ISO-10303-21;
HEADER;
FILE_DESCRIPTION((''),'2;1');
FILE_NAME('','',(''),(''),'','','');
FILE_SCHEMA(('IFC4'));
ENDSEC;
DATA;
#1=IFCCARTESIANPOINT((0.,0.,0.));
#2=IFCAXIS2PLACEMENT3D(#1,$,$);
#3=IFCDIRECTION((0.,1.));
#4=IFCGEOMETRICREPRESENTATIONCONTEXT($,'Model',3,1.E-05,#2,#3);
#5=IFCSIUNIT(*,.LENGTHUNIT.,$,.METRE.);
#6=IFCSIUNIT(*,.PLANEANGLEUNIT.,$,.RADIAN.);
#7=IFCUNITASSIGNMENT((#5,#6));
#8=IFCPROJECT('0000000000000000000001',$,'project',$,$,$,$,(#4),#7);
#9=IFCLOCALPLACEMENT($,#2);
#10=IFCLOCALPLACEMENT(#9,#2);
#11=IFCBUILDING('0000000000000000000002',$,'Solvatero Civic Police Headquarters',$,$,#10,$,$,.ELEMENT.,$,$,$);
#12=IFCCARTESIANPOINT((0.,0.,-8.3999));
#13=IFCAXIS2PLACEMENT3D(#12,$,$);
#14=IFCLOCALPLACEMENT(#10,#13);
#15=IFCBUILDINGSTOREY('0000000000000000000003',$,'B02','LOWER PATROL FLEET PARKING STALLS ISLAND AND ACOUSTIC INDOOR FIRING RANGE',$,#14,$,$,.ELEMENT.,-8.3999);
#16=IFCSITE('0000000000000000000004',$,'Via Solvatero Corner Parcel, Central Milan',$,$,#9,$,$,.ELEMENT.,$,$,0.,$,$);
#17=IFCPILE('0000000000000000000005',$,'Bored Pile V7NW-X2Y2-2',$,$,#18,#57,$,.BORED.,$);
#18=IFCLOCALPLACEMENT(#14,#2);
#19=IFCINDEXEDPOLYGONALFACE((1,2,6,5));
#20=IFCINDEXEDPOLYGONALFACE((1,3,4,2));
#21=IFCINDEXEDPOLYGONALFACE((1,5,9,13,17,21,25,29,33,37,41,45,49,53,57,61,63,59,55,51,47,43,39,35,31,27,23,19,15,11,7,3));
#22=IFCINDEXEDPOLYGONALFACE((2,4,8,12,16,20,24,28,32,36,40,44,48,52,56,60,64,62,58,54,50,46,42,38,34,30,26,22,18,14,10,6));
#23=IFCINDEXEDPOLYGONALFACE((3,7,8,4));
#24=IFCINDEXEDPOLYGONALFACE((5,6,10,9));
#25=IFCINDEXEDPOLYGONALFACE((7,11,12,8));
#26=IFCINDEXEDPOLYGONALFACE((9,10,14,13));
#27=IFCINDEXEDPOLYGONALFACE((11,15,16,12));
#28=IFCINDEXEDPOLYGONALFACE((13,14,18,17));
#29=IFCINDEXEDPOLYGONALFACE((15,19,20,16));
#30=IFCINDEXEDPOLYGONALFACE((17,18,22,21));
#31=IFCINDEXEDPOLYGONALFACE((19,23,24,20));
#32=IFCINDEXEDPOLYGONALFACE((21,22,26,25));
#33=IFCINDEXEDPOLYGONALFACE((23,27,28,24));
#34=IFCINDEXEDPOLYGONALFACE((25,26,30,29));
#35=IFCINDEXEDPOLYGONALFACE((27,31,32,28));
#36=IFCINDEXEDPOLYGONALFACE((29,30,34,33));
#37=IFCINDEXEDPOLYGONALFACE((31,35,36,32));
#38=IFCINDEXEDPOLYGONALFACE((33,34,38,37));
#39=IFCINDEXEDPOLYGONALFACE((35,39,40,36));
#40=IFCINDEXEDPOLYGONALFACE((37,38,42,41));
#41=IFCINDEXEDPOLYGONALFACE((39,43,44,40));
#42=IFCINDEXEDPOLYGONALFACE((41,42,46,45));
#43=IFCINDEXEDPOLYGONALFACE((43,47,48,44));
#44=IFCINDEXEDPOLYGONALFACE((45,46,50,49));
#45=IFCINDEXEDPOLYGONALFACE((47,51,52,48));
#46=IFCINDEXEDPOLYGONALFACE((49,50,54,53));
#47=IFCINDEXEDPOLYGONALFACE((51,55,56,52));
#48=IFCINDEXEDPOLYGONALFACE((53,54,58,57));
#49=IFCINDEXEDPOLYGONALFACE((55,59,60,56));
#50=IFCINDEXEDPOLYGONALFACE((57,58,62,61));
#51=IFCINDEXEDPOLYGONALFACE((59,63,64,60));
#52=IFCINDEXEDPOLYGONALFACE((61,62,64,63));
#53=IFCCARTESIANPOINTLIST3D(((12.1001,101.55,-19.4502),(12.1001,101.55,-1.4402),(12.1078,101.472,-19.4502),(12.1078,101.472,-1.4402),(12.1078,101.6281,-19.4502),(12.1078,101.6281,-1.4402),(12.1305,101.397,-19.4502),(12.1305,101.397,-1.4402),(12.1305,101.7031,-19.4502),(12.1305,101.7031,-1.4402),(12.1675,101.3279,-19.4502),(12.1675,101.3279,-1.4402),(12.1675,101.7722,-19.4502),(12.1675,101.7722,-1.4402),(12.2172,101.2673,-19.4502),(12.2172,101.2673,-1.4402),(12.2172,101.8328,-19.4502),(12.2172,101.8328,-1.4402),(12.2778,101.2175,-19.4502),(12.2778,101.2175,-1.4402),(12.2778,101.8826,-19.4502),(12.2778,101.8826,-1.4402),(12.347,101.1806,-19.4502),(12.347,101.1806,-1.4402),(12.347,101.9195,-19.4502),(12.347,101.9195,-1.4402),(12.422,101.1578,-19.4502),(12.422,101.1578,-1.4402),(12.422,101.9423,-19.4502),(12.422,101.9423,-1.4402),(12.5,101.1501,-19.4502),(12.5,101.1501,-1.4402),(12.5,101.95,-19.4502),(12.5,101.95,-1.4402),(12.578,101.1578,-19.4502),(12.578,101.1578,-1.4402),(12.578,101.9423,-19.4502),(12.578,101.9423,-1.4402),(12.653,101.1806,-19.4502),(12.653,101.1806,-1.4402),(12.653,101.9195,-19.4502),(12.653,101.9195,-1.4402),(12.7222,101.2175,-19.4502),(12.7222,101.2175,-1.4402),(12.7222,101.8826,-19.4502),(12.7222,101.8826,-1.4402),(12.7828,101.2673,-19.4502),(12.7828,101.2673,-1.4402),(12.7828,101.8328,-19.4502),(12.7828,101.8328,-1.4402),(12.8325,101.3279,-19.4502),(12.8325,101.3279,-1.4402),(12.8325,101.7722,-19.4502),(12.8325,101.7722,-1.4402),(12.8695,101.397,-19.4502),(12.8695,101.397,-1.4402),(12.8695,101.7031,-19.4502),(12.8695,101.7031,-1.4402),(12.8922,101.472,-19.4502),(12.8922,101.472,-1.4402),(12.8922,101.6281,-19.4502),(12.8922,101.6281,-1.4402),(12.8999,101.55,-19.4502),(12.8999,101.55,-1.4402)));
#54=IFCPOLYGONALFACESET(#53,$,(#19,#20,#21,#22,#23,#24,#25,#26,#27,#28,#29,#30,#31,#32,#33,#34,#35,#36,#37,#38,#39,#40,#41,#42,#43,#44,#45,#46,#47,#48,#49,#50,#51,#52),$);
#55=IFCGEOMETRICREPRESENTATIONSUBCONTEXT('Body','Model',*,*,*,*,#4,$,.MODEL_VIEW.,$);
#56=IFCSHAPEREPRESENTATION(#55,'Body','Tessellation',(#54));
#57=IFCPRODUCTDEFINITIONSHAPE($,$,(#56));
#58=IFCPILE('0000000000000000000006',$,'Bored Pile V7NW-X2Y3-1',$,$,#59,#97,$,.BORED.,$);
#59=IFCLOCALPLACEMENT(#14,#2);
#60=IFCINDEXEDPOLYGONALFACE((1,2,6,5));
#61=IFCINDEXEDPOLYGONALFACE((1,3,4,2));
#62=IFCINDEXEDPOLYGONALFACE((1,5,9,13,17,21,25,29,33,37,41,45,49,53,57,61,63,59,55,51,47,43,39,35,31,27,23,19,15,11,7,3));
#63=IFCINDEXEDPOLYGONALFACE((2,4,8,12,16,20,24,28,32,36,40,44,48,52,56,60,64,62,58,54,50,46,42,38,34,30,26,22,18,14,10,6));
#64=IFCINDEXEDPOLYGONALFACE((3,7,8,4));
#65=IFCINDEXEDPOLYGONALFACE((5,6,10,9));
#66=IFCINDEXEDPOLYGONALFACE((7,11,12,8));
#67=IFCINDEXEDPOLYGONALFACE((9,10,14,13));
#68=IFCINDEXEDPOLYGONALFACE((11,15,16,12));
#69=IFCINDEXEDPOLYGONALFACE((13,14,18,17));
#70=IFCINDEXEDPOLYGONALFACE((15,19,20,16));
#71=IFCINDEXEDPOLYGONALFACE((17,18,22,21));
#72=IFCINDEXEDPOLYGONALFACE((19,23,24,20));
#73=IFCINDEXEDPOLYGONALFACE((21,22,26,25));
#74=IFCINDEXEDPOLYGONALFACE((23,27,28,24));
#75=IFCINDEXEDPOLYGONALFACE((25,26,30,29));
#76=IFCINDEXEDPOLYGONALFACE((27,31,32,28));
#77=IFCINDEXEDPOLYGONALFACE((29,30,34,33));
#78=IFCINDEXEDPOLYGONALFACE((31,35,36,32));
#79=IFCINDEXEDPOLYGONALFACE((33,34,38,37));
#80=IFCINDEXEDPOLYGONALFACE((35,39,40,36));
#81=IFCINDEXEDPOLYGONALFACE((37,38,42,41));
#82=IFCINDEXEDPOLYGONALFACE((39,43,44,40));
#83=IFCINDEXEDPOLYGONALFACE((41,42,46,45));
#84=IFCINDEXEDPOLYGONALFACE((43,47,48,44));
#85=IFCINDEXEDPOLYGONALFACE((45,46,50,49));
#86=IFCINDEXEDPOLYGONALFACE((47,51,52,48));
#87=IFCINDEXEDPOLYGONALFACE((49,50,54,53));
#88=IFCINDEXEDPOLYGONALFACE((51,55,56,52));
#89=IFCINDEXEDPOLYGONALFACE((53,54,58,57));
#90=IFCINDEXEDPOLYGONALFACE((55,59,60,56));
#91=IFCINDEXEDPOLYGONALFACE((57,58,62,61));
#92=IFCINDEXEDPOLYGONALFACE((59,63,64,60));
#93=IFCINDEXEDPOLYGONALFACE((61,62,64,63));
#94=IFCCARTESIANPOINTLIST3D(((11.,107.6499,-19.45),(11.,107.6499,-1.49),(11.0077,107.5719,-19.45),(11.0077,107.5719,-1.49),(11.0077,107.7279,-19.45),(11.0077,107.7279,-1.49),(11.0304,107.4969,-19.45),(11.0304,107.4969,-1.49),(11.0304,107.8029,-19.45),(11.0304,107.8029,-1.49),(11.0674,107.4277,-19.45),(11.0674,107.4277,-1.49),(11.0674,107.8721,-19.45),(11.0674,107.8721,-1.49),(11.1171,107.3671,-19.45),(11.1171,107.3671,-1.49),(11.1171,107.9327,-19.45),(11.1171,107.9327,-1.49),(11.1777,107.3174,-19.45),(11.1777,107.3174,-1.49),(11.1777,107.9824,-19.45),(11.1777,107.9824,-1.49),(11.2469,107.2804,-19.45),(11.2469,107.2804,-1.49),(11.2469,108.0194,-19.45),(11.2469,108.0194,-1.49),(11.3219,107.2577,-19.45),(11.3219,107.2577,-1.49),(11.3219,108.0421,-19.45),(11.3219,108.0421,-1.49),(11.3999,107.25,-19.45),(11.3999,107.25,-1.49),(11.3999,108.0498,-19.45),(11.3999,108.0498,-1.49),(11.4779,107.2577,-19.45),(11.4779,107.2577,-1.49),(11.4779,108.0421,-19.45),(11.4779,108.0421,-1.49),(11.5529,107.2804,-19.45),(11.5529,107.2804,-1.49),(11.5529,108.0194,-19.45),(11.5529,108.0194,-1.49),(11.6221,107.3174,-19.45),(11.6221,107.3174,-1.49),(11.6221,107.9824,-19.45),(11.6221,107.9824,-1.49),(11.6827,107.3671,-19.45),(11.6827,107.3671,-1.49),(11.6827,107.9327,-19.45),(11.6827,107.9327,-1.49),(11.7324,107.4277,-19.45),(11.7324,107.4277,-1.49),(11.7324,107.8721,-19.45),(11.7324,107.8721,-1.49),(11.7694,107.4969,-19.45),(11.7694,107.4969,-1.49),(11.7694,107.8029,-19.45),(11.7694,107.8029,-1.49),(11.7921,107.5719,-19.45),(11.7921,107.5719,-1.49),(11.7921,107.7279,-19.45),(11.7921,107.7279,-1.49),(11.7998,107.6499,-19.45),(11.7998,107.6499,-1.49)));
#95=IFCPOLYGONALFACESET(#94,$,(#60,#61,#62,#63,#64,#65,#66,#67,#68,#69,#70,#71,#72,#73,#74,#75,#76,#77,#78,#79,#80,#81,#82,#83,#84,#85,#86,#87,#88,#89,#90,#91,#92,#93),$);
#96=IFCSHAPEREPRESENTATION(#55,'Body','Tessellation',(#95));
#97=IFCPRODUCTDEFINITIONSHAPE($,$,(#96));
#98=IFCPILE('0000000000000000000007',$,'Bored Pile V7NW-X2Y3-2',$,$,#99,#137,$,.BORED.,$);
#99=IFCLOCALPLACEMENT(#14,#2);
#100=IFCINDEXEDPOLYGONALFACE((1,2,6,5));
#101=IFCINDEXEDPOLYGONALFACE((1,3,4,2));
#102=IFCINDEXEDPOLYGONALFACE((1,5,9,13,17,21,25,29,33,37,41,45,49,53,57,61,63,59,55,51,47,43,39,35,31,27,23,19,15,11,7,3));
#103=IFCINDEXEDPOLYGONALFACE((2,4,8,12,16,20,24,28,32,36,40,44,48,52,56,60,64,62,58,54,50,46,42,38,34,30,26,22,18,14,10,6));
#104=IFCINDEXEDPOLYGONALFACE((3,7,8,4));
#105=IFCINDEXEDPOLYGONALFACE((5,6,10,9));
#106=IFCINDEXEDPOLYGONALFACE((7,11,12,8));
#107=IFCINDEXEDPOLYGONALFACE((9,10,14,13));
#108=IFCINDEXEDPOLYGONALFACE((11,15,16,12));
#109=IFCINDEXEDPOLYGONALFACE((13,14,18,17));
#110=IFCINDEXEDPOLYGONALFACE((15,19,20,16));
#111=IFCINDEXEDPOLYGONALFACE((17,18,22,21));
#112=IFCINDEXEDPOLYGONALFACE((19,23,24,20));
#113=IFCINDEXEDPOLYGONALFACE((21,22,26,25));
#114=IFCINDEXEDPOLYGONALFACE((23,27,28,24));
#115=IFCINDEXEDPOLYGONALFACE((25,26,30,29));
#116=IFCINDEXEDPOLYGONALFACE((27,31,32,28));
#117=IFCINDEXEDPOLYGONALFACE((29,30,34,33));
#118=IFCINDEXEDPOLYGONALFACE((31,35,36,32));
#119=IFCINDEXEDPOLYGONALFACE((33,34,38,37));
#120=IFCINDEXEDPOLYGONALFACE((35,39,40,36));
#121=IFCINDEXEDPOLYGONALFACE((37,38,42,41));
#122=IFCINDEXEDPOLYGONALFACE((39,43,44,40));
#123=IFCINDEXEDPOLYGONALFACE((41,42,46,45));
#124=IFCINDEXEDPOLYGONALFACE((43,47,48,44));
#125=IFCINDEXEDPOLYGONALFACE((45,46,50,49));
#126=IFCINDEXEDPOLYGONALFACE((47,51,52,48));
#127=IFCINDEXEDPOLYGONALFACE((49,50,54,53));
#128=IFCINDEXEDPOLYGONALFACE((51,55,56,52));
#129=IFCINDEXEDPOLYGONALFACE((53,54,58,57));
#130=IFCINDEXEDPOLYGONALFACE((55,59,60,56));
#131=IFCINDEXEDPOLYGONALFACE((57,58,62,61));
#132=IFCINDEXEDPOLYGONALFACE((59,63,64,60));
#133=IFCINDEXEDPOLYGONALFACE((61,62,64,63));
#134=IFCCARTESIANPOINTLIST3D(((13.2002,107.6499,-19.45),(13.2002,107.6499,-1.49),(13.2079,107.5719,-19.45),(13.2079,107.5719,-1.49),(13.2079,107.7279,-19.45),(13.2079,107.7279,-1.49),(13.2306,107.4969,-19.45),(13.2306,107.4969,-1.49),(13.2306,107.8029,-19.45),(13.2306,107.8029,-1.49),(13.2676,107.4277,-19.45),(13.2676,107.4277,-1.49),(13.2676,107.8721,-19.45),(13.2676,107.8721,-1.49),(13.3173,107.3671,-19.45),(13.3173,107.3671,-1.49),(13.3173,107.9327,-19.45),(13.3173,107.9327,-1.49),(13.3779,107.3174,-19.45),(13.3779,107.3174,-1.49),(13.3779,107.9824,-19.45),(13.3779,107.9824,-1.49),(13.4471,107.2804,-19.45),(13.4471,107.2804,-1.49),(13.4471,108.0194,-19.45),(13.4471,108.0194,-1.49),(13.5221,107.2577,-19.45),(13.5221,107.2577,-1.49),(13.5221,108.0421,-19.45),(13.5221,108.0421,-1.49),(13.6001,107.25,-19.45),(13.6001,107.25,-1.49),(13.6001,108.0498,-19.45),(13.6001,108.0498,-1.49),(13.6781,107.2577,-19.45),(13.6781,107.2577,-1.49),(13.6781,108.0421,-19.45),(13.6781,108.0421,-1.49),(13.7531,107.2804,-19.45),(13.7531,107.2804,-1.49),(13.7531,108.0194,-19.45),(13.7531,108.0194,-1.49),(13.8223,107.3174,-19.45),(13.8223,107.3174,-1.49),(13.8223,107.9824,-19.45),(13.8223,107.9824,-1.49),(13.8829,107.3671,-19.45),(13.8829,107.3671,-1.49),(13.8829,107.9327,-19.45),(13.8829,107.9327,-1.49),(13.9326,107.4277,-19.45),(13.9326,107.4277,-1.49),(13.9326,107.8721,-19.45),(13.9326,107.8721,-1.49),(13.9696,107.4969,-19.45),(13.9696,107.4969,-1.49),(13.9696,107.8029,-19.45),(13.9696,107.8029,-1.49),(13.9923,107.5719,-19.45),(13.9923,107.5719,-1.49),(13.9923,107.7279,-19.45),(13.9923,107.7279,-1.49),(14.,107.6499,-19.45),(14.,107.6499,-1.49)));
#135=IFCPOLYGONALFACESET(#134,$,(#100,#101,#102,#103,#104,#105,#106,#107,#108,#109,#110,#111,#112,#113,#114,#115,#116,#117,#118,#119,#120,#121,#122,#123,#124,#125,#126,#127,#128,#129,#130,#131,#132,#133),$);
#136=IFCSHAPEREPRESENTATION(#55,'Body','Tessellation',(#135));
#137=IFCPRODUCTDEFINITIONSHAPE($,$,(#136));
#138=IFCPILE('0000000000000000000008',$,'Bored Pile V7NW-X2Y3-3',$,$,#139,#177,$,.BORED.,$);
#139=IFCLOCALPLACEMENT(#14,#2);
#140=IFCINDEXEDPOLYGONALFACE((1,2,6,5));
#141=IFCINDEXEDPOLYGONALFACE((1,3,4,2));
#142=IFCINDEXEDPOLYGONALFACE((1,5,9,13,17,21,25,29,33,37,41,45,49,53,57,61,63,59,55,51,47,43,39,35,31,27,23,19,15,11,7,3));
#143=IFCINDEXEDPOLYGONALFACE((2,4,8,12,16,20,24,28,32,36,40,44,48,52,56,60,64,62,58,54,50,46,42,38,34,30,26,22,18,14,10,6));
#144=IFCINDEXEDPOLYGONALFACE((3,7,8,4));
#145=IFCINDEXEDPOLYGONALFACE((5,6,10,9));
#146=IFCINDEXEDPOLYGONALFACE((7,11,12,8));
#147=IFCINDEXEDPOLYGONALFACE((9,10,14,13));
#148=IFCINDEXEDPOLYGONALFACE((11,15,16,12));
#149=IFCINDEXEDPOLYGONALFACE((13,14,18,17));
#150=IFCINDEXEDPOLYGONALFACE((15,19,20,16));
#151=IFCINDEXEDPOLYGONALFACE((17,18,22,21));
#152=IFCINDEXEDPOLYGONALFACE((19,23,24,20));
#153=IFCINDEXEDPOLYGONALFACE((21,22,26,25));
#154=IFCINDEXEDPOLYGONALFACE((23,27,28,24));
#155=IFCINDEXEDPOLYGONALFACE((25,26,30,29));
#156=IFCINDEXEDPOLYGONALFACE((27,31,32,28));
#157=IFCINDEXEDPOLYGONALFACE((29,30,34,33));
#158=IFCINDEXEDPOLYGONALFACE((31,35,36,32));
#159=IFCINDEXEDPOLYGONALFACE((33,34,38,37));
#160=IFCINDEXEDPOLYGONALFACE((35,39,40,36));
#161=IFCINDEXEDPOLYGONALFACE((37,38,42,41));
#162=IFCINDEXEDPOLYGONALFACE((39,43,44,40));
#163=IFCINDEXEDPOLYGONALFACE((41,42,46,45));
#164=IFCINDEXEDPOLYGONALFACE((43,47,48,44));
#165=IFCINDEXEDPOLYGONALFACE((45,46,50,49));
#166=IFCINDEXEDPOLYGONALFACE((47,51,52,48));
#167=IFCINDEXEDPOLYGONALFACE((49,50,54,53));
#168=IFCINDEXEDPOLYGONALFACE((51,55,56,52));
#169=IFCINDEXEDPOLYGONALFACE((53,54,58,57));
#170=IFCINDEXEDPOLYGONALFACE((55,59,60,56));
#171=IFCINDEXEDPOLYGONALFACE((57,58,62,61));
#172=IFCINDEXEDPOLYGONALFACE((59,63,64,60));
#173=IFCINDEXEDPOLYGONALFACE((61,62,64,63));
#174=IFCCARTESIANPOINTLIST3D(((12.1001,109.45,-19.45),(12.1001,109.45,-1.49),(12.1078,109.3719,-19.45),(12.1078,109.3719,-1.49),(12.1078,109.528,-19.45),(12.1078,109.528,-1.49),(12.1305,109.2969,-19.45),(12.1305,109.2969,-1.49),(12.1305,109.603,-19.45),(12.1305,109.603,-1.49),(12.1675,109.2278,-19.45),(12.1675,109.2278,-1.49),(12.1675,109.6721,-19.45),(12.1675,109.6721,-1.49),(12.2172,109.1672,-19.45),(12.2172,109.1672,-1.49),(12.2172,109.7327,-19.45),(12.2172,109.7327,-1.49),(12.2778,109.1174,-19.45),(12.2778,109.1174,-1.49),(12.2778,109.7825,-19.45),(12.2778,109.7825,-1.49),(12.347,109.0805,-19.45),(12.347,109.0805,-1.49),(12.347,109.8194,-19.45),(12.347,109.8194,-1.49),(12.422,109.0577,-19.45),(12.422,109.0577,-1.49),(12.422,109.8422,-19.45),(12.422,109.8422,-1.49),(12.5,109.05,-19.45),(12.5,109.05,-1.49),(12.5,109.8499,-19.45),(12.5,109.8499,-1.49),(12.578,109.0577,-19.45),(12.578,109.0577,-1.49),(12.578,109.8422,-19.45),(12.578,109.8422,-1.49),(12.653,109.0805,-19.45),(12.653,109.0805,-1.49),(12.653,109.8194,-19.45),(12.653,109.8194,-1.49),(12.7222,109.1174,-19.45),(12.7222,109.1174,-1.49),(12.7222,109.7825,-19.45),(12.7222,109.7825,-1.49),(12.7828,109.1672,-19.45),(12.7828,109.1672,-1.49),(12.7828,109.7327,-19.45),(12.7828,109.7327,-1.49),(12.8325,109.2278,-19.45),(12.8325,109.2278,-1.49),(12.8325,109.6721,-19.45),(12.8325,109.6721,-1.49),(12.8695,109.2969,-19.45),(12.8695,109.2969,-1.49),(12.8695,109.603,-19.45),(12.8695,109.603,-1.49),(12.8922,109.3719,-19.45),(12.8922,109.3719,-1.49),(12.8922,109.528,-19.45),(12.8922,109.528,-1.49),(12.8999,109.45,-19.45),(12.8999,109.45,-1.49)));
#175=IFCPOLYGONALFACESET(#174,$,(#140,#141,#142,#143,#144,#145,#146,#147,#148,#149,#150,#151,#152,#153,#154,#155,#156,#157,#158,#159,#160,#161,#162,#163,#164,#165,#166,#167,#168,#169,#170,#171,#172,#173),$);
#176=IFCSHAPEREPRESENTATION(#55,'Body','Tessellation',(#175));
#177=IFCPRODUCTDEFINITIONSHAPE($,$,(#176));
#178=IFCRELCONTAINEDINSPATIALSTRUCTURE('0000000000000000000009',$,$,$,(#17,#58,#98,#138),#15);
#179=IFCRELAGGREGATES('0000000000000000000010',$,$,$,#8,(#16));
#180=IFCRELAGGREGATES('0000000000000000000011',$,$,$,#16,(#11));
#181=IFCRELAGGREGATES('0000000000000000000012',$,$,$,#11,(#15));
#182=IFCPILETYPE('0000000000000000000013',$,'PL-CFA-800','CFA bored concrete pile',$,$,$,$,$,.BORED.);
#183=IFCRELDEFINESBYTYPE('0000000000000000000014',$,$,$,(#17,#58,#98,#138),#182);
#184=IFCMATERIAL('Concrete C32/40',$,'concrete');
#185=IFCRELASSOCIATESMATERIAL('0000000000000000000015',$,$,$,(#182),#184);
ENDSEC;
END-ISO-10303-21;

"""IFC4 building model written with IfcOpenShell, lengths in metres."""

from ifc_helpers import new_model, si_unit, direction, frame, origin, origin_2d, place, context, subcontext, project, spatial, circle, extrude, material, material_profile, profile_set, type_object, element, save


model = new_model("IFC4")

# Units and contexts
model_context = context("Model", 3, precision=1e-05, world=origin(), true_north=direction((0.0, 1.0)))
body_context = subcontext(model_context, "Body", "Model", "MODEL_VIEW")
ifc_project = project(units=[si_unit("LENGTHUNIT", "METRE"), si_unit("PLANEANGLEUNIT", "RADIAN")], contexts=[model_context])

# Site, building, storey
site_placement = place(None, origin())
site = spatial("IfcSite", under=ifc_project, at=site_placement, Name="Via Solvatero Corner Parcel, Central Milan", CompositionType="ELEMENT", RefElevation=0.0)
building_placement = place(site_placement, origin())
building = spatial("IfcBuilding", under=site, at=building_placement, Name="Solvatero Civic Police Headquarters", CompositionType="ELEMENT")
storey_placement = place(building_placement, frame((0.0, 0.0, -8.3999)))
storey = spatial("IfcBuildingStorey", under=building, at=storey_placement, Name="B02", Description="LOWER PATROL FLEET PARKING STALLS ISLAND AND ACOUSTIC INDOOR FIRING RANGE", CompositionType="ELEMENT", Elevation=-8.3999)

# Piles
ifc_material_1 = material(Name="Concrete C32/40", Category="concrete")
ifc_material_profile_1 = material_profile(ifc_material_1, circle(Radius=0.3999, at=origin_2d()), Name="CFA PILE D800")
ifc_profile_set_1 = profile_set([ifc_material_profile_1], Name="Concrete C32/40")
pile_type = type_object("IfcPileType", Name="PL-CFA-800", Description="CFA bored concrete pile", PredefinedType="BORED", material=ifc_profile_set_1)
for number, where, z_axis, x_axis, name in (
    (1, (12.5, 101.55, -1.4402), (0.0, 0.0, -1.0), (1.0, 0.0, 0.0), "Bored Pile V7NW-X2Y2-2"),
):
    element("IfcPile", number, at=place(storey_placement, frame(where, z_axis=z_axis, x_axis=x_axis)), inside=storey, type_object=pile_type, Name=name, PredefinedType="BORED", context=body_context, shape_type="SweptSolid", body=[
        extrude(circle(Radius=0.3999, at=origin_2d()), origin(), (0.0, 0.0, 1.0), 18.01),
    ])
for number, where, z_axis, x_axis, name in (
    (2, (11.3999, 107.6499, -1.49), (0.0, 0.0, -1.0), (1.0, 0.0, 0.0), "Bored Pile V7NW-X2Y3-1"),
    (3, (13.6001, 107.6499, -1.49), (0.0, 0.0, -1.0), (1.0, 0.0, 0.0), "Bored Pile V7NW-X2Y3-2"),
    (4, (12.5, 109.45, -1.49), (0.0, 0.0, -1.0), (1.0, 0.0, 0.0), "Bored Pile V7NW-X2Y3-3"),
):
    element("IfcPile", number, at=place(storey_placement, frame(where, z_axis=z_axis, x_axis=x_axis)), inside=storey, type_object=pile_type, Name=name, PredefinedType="BORED", context=body_context, shape_type="SweptSolid", body=[
        extrude(circle(Radius=0.3999, at=origin_2d()), origin(), (0.0, 0.0, 1.0), 17.96),
    ])

save(model, "model.ifc")
